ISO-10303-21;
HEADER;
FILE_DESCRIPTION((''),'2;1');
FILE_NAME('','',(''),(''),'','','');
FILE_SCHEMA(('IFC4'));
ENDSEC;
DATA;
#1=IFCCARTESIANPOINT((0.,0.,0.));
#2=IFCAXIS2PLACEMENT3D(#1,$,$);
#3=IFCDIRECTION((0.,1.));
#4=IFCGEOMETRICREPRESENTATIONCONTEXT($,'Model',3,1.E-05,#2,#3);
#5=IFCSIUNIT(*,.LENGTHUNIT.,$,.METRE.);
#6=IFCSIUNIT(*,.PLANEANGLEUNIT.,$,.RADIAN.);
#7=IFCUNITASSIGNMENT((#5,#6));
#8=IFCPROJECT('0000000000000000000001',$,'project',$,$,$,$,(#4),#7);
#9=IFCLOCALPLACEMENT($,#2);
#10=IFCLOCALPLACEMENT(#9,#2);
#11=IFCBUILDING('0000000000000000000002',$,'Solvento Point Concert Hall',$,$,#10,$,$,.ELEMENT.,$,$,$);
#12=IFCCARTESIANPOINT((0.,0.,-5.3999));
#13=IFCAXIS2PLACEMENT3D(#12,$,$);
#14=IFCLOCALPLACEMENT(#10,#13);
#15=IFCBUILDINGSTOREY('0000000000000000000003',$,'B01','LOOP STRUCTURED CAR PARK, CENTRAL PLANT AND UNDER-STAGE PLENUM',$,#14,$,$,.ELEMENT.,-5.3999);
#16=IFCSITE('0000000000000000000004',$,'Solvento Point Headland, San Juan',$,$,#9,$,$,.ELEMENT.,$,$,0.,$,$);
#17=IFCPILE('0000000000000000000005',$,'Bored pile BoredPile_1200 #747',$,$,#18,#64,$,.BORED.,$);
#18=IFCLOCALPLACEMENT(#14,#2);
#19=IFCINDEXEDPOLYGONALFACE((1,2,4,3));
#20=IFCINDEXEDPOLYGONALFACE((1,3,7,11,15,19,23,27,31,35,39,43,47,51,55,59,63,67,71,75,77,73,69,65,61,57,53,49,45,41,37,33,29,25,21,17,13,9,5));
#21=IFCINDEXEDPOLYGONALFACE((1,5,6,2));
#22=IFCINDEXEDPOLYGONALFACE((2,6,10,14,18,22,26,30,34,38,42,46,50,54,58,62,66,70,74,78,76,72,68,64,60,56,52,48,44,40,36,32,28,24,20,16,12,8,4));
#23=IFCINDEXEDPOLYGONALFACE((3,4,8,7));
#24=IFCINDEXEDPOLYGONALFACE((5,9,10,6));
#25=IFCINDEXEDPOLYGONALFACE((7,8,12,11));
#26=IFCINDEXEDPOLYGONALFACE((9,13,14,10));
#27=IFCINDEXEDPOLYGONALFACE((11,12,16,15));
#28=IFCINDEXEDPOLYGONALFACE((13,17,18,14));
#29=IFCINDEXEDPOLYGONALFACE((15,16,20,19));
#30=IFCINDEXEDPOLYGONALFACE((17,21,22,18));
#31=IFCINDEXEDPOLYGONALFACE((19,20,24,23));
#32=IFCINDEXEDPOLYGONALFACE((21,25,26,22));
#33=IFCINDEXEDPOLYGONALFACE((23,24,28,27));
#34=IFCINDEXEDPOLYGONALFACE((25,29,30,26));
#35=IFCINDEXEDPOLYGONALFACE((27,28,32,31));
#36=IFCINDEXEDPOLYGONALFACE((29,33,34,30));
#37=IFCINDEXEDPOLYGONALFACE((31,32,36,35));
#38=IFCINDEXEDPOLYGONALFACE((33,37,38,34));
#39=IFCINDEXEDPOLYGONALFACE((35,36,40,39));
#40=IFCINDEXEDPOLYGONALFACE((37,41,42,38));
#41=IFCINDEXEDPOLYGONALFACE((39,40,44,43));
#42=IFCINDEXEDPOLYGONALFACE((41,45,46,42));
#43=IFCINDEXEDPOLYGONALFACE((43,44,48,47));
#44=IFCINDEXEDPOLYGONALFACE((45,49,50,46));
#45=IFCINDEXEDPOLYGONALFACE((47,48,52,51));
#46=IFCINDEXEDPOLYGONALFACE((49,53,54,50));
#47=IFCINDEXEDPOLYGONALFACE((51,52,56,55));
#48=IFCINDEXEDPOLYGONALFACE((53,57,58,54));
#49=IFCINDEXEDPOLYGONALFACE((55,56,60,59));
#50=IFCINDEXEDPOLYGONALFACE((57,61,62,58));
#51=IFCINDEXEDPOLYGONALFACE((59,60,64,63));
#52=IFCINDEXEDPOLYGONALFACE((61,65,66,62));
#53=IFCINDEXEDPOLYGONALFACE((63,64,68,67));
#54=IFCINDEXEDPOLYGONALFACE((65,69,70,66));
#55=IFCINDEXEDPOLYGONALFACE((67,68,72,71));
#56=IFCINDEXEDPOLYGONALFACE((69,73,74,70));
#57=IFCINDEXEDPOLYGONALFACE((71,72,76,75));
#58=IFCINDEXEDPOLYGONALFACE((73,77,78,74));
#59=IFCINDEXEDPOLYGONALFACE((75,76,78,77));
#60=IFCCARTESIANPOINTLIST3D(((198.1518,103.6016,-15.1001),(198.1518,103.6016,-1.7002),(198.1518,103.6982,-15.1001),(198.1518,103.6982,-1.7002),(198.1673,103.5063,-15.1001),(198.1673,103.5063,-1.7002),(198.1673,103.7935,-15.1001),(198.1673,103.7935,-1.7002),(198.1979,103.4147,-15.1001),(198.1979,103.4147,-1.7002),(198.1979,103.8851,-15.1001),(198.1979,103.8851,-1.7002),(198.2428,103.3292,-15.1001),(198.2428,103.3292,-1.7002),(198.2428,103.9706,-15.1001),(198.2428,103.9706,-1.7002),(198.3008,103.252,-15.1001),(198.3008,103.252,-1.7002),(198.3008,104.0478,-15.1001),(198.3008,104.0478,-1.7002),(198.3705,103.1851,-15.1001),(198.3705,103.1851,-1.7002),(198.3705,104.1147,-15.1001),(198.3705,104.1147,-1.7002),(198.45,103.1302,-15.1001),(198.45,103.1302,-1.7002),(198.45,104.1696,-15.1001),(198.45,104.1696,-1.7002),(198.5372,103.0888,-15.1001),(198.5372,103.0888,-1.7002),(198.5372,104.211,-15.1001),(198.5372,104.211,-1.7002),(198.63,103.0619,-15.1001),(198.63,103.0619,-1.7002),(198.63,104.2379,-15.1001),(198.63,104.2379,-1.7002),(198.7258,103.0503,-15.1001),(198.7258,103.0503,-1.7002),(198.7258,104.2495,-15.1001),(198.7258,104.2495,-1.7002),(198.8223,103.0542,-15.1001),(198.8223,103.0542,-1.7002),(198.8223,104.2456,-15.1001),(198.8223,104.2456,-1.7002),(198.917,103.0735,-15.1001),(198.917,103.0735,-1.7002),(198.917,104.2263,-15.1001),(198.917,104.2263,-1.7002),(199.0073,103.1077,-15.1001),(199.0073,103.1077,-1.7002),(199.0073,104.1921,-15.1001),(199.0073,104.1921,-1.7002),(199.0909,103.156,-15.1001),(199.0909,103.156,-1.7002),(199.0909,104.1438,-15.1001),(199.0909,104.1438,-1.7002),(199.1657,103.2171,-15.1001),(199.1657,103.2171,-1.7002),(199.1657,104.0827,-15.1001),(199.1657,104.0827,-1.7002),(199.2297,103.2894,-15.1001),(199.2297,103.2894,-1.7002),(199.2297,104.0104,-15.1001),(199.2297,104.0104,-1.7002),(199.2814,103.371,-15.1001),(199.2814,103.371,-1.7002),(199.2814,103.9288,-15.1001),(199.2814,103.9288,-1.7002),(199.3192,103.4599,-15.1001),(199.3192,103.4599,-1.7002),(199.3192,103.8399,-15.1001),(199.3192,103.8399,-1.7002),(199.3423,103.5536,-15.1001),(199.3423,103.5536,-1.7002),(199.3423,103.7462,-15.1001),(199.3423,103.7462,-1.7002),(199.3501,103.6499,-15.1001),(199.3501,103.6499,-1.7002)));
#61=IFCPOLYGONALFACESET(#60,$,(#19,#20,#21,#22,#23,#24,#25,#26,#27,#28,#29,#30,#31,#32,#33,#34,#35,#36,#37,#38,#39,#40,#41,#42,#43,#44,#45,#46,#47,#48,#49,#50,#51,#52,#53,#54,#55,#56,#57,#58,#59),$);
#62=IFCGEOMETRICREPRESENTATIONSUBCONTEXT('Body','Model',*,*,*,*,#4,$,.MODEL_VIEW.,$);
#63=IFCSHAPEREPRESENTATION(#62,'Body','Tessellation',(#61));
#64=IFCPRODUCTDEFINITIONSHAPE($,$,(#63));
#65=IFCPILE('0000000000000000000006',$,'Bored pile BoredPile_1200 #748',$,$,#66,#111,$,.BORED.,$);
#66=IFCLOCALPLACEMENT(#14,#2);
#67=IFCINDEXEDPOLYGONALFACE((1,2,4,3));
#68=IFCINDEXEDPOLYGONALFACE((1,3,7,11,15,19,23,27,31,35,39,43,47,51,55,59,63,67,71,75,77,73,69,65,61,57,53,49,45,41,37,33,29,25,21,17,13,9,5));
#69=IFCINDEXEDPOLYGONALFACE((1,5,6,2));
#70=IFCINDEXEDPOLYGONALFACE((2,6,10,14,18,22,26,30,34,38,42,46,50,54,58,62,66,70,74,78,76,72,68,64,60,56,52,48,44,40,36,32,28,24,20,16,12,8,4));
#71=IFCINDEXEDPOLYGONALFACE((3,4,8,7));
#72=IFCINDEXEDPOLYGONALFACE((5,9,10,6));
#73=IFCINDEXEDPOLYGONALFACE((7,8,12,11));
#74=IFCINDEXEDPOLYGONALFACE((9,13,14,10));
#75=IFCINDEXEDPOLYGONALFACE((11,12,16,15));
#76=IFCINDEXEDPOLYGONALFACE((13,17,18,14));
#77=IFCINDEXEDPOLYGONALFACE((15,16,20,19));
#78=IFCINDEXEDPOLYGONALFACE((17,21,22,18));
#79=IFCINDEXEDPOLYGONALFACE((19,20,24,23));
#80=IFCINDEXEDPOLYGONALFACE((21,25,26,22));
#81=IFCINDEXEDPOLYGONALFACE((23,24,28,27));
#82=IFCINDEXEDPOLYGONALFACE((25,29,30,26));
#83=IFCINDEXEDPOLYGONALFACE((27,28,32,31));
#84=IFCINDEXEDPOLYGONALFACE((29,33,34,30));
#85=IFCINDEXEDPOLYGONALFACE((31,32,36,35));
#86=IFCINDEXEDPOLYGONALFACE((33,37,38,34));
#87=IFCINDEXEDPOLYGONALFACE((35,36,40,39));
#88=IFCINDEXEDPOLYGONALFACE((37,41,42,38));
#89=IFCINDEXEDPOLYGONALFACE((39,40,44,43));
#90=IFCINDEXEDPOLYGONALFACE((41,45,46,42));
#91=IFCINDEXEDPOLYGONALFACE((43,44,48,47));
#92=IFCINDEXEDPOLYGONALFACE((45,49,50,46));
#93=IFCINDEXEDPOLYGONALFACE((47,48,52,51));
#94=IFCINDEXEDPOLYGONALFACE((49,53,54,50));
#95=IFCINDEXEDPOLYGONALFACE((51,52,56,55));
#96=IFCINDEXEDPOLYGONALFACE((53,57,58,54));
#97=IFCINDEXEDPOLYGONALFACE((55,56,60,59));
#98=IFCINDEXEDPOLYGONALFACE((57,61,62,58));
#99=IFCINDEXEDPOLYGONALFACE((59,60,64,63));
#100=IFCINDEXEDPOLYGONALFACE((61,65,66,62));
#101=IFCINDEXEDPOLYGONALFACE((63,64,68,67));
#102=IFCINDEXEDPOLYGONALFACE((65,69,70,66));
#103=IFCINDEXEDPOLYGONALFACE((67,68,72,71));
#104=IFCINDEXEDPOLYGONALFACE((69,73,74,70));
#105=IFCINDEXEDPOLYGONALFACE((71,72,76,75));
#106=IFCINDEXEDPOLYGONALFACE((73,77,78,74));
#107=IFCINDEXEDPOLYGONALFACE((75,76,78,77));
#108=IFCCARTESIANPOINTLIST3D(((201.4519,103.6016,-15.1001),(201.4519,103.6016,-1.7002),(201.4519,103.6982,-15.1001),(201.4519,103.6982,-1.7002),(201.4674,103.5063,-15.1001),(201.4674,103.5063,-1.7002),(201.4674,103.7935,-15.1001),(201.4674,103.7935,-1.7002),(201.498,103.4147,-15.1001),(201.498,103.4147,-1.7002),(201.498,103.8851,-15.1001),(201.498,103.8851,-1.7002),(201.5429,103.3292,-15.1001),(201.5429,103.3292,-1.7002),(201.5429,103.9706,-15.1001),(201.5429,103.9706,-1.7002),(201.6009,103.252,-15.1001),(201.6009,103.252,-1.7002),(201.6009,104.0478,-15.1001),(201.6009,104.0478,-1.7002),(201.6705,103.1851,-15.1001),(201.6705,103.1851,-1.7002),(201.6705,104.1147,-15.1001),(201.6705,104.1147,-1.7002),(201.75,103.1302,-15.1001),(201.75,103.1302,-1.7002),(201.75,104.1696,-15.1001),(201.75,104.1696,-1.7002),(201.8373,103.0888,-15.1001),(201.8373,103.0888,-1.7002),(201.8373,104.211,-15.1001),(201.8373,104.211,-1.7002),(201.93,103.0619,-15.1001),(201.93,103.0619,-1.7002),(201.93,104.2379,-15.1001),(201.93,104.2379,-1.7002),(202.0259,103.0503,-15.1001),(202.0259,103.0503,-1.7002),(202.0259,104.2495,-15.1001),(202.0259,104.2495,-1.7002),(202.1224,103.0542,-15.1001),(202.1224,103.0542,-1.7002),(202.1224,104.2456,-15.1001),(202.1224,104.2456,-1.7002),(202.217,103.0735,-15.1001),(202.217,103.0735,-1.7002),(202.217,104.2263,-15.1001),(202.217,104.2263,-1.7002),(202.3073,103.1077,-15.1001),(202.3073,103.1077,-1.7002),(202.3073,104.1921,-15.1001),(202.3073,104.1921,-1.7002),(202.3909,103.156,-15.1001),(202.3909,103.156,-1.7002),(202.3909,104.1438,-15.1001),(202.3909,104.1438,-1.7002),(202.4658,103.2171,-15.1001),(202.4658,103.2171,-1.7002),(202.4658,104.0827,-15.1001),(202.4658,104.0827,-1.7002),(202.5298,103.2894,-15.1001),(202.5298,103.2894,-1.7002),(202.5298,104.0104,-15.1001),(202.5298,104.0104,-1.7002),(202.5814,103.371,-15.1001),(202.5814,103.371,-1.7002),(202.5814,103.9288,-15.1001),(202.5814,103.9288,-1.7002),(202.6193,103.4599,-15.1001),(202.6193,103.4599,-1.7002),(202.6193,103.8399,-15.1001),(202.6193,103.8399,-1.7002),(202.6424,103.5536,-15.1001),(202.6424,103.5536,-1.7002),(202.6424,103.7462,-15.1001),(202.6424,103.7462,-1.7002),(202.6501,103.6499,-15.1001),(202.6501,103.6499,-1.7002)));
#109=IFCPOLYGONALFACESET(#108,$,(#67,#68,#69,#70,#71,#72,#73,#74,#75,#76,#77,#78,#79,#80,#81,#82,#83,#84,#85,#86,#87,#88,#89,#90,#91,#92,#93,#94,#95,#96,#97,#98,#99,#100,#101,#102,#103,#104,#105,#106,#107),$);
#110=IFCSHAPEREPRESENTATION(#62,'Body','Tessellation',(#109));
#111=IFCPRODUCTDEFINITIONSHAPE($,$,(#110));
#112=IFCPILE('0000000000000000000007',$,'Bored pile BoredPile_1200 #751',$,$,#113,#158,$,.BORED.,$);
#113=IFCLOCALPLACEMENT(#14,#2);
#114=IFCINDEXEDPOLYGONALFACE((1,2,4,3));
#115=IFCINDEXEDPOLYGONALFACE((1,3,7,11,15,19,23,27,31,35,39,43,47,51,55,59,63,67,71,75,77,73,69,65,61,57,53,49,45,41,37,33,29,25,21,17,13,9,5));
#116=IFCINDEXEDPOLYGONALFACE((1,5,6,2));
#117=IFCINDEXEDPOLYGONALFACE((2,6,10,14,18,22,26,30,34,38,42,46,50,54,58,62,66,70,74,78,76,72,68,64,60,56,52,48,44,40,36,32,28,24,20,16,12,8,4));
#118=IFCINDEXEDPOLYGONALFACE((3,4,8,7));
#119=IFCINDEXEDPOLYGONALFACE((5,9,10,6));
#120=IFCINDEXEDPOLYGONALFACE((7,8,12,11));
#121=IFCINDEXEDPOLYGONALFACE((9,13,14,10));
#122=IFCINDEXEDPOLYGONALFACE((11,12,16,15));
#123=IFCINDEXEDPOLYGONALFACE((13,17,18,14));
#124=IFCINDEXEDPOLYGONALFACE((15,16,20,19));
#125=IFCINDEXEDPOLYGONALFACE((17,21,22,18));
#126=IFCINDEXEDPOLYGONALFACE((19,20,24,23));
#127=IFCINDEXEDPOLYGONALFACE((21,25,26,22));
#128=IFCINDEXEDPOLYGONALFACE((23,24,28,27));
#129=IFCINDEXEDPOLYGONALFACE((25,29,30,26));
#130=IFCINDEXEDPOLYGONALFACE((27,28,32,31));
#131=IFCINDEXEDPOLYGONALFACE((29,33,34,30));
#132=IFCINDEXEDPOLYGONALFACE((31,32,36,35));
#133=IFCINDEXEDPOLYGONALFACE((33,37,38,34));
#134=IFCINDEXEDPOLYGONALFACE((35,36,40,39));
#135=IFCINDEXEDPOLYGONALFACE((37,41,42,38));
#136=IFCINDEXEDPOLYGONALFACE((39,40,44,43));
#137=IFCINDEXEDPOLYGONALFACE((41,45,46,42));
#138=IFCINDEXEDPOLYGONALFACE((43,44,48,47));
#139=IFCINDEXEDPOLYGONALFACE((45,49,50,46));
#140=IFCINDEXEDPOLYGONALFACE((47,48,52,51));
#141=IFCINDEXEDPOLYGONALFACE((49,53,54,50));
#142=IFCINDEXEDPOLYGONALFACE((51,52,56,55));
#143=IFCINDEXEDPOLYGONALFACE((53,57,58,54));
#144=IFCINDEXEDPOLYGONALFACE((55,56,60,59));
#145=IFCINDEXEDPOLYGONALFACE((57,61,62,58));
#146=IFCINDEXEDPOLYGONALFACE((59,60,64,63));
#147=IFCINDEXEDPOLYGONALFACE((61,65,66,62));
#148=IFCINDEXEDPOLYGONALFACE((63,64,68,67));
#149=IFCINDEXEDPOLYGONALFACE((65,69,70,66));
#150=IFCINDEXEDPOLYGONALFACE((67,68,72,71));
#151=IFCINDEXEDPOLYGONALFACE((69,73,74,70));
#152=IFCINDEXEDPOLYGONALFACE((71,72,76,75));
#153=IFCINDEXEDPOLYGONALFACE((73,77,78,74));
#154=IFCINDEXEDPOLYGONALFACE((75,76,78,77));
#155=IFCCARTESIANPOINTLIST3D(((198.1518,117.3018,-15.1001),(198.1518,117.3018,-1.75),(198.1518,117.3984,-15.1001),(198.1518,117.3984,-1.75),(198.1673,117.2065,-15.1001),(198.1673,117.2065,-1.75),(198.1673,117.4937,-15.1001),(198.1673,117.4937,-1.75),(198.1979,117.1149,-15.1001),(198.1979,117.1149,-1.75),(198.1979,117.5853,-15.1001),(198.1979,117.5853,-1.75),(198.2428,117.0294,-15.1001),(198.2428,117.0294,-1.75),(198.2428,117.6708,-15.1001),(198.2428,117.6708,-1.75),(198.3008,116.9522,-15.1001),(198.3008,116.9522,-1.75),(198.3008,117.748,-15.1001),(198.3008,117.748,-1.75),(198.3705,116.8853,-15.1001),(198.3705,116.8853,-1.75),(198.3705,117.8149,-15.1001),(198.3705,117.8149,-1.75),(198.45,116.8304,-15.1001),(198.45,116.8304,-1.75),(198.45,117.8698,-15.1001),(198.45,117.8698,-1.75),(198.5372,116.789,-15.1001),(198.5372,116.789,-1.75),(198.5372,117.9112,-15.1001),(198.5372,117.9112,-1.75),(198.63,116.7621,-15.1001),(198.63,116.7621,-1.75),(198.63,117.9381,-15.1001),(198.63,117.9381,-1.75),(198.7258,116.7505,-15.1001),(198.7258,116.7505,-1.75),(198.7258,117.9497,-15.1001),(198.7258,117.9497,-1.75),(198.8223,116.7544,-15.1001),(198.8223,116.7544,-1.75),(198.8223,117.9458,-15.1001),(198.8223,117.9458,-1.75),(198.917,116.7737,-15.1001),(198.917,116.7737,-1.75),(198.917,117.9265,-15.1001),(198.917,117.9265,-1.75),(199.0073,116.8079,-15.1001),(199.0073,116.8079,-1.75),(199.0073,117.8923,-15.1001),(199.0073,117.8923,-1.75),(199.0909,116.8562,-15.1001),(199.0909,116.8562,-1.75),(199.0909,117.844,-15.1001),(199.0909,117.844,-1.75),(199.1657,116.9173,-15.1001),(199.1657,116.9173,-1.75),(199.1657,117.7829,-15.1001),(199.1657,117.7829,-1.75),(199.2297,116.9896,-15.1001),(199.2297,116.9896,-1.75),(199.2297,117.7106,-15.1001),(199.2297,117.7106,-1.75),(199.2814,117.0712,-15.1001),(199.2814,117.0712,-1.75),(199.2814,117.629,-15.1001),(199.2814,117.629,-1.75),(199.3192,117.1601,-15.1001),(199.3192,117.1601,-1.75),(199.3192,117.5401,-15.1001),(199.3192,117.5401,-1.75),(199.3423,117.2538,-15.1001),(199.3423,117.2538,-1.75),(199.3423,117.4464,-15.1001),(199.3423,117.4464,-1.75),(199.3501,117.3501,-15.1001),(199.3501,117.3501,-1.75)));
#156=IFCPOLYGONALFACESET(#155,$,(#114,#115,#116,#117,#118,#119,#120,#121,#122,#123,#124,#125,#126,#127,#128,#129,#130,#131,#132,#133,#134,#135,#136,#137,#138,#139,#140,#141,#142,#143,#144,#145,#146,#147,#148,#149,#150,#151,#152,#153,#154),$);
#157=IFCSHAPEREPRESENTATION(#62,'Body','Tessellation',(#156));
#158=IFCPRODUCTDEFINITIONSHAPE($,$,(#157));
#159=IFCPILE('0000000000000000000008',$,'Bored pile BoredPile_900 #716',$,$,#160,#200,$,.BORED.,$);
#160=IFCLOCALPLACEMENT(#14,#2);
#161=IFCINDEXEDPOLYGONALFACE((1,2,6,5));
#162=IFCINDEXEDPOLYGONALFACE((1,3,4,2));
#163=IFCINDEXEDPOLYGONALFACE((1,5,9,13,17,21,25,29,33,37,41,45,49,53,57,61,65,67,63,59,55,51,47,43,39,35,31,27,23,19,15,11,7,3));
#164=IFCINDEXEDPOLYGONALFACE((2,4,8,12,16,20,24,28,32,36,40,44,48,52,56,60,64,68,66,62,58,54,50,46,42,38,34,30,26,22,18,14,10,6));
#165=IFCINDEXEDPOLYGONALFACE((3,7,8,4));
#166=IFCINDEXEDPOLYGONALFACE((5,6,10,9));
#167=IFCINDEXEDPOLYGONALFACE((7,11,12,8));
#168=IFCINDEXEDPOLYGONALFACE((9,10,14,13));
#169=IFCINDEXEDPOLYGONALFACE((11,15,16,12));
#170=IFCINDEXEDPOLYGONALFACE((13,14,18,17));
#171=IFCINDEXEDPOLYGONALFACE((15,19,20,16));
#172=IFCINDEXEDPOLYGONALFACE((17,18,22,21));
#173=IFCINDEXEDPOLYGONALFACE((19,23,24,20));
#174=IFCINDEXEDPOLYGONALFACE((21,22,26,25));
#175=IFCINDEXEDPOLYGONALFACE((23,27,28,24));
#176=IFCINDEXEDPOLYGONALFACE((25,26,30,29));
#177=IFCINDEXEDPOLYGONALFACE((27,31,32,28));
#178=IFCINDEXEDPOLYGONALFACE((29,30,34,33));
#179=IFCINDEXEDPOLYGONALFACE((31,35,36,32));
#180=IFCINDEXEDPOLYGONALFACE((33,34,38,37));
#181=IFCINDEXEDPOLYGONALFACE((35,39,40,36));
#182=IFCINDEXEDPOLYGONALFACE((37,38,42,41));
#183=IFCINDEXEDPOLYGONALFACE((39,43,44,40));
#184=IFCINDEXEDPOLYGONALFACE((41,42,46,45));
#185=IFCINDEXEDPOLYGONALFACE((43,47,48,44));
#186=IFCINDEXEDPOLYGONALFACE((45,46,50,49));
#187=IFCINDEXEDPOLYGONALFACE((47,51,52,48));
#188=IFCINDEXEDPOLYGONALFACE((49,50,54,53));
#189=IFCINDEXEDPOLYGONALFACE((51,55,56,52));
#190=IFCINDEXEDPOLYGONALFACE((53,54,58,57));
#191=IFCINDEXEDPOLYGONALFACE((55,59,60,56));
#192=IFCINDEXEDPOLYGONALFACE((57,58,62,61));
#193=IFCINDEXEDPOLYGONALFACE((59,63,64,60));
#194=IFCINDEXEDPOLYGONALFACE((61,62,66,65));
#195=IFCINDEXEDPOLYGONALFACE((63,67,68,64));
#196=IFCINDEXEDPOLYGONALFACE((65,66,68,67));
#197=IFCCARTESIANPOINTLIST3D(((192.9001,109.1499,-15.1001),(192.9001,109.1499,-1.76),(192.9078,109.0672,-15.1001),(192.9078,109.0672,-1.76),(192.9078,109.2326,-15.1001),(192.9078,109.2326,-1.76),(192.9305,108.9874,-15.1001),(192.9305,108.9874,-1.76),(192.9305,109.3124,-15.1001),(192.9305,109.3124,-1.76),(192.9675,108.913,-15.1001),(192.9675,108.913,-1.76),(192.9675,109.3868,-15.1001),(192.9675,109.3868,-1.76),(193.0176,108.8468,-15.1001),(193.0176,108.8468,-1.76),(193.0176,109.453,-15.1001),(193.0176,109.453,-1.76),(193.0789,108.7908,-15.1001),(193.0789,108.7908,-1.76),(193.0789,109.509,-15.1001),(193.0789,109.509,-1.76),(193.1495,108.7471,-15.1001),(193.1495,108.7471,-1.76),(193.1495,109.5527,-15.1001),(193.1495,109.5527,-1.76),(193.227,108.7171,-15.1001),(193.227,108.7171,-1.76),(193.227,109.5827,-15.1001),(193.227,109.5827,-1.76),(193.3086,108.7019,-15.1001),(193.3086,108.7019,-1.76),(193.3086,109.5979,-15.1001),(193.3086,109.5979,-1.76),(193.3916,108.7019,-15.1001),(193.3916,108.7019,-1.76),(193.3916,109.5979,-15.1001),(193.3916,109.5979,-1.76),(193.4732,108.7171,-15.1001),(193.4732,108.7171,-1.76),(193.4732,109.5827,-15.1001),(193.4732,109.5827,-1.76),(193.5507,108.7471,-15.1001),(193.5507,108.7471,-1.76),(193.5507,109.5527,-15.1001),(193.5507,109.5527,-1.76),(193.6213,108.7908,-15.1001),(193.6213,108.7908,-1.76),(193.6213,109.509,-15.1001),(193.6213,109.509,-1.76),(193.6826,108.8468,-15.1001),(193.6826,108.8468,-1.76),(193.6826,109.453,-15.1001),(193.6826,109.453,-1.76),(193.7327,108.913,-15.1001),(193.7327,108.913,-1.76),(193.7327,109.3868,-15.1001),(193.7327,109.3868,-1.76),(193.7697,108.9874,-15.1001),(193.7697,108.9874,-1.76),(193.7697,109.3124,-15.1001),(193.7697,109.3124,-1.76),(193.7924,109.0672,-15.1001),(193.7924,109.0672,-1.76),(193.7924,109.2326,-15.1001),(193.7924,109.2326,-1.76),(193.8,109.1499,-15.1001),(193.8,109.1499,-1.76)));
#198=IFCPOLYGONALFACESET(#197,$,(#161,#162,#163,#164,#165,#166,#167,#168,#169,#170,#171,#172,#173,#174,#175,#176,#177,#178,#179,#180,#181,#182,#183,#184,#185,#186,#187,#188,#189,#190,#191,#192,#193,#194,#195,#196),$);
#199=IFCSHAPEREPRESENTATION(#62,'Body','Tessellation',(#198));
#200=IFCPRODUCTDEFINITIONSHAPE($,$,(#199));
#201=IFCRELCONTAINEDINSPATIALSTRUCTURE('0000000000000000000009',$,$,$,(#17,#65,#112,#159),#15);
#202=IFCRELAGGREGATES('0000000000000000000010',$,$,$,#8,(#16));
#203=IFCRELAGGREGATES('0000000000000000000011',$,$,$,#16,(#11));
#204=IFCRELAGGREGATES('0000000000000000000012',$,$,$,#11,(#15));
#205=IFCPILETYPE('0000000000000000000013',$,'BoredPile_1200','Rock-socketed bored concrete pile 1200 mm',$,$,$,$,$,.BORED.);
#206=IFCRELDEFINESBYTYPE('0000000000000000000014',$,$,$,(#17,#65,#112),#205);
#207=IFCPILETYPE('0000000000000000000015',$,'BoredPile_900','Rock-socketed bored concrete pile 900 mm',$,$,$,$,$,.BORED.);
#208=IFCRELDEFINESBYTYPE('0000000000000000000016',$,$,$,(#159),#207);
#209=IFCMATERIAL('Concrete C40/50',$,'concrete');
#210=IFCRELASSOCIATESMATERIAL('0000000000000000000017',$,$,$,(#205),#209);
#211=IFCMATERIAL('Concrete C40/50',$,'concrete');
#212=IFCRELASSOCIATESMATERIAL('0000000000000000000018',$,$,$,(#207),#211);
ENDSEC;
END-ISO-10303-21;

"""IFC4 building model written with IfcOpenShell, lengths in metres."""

from ifc_helpers import new_model, si_unit, direction, frame, origin, origin_2d, place, context, subcontext, project, spatial, circle, extrude, material, material_profile, profile_set, type_object, element, save


model = new_model("IFC4")

# Units and contexts
model_context = context("Model", 3, precision=1e-05, world=origin(), true_north=direction((0.0, 1.0)))
body_context = subcontext(model_context, "Body", "Model", "MODEL_VIEW")
ifc_project = project(units=[si_unit("LENGTHUNIT", "METRE"), si_unit("PLANEANGLEUNIT", "RADIAN")], contexts=[model_context])

# Site, building, storey
site_placement = place(None, origin())
site = spatial("IfcSite", under=ifc_project, at=site_placement, Name="Solvento Point Headland, San Juan", CompositionType="ELEMENT", RefElevation=0.0)
building_placement = place(site_placement, origin())
building = spatial("IfcBuilding", under=site, at=building_placement, Name="Solvento Point Concert Hall", CompositionType="ELEMENT")
storey_placement = place(building_placement, frame((0.0, 0.0, -5.3999)))
storey = spatial("IfcBuildingStorey", under=building, at=storey_placement, Name="B01", Description="LOOP STRUCTURED CAR PARK, CENTRAL PLANT AND UNDER-STAGE PLENUM", CompositionType="ELEMENT", Elevation=-5.3999)

# Piles
ifc_material_1 = material(Name="Concrete C40/50", Category="concrete")
ifc_material_profile_1 = material_profile(ifc_material_1, circle(Radius=0.6001, at=origin_2d()), Name="BP-1200")
ifc_profile_set_1 = profile_set([ifc_material_profile_1], Name="Concrete C40/50")
pile_type_1 = type_object("IfcPileType", Name="BoredPile_1200", Description="Rock-socketed bored concrete pile 1200 mm", PredefinedType="BORED", material=ifc_profile_set_1)
for number, where, z_axis, x_axis, name in (
    (1, (198.75, 103.6499, -1.7002), (0.0, 0.0, -1.0), (1.0, 0.0, 0.0), "Bored pile BoredPile_1200 #747"),
    (2, (202.05, 103.6499, -1.7002), (0.0, 0.0, -1.0), (1.0, 0.0, 0.0), "Bored pile BoredPile_1200 #748"),
):
    element("IfcPile", number, at=place(storey_placement, frame(where, z_axis=z_axis, x_axis=x_axis)), inside=storey, type_object=pile_type_1, Name=name, PredefinedType="BORED", context=body_context, shape_type="SweptSolid", body=[
        extrude(circle(Radius=0.6001, at=origin_2d()), origin(), (0.0, 0.0, 1.0), 13.3999),
    ])
pile_1_placement = place(storey_placement, frame((198.75, 117.3501, -1.75), z_axis=(0.0, 0.0, -1.0), x_axis=(1.0, 0.0, 0.0)))
element("IfcPile", 3, at=pile_1_placement, inside=storey, type_object=pile_type_1, Name="Bored pile BoredPile_1200 #751", PredefinedType="BORED", context=body_context, shape_type="SweptSolid", body=[
    extrude(circle(Radius=0.6001, at=origin_2d()), origin(), (0.0, 0.0, 1.0), 13.3501),
])
ifc_material_2 = material(Name="Concrete C40/50", Category="concrete")
ifc_material_profile_2 = material_profile(ifc_material_2, circle(Radius=0.45, at=origin_2d()), Name="BP-900")
ifc_profile_set_2 = profile_set([ifc_material_profile_2], Name="Concrete C40/50")
pile_type_2 = type_object("IfcPileType", Name="BoredPile_900", Description="Rock-socketed bored concrete pile 900 mm", PredefinedType="BORED", material=ifc_profile_set_2)
for number, where, z_axis, x_axis, name in (
    (4, (193.3501, 109.1499, -1.76), (0.0, 0.0, -1.0), (1.0, 0.0, 0.0), "Bored pile BoredPile_900 #716"),
):
    element("IfcPile", number, at=place(storey_placement, frame(where, z_axis=z_axis, x_axis=x_axis)), inside=storey, type_object=pile_type_2, Name=name, PredefinedType="BORED", context=body_context, shape_type="SweptSolid", body=[
        extrude(circle(Radius=0.45, at=origin_2d()), origin(), (0.0, 0.0, 1.0), 13.3401),
    ])

save(model, "model.ifc")
